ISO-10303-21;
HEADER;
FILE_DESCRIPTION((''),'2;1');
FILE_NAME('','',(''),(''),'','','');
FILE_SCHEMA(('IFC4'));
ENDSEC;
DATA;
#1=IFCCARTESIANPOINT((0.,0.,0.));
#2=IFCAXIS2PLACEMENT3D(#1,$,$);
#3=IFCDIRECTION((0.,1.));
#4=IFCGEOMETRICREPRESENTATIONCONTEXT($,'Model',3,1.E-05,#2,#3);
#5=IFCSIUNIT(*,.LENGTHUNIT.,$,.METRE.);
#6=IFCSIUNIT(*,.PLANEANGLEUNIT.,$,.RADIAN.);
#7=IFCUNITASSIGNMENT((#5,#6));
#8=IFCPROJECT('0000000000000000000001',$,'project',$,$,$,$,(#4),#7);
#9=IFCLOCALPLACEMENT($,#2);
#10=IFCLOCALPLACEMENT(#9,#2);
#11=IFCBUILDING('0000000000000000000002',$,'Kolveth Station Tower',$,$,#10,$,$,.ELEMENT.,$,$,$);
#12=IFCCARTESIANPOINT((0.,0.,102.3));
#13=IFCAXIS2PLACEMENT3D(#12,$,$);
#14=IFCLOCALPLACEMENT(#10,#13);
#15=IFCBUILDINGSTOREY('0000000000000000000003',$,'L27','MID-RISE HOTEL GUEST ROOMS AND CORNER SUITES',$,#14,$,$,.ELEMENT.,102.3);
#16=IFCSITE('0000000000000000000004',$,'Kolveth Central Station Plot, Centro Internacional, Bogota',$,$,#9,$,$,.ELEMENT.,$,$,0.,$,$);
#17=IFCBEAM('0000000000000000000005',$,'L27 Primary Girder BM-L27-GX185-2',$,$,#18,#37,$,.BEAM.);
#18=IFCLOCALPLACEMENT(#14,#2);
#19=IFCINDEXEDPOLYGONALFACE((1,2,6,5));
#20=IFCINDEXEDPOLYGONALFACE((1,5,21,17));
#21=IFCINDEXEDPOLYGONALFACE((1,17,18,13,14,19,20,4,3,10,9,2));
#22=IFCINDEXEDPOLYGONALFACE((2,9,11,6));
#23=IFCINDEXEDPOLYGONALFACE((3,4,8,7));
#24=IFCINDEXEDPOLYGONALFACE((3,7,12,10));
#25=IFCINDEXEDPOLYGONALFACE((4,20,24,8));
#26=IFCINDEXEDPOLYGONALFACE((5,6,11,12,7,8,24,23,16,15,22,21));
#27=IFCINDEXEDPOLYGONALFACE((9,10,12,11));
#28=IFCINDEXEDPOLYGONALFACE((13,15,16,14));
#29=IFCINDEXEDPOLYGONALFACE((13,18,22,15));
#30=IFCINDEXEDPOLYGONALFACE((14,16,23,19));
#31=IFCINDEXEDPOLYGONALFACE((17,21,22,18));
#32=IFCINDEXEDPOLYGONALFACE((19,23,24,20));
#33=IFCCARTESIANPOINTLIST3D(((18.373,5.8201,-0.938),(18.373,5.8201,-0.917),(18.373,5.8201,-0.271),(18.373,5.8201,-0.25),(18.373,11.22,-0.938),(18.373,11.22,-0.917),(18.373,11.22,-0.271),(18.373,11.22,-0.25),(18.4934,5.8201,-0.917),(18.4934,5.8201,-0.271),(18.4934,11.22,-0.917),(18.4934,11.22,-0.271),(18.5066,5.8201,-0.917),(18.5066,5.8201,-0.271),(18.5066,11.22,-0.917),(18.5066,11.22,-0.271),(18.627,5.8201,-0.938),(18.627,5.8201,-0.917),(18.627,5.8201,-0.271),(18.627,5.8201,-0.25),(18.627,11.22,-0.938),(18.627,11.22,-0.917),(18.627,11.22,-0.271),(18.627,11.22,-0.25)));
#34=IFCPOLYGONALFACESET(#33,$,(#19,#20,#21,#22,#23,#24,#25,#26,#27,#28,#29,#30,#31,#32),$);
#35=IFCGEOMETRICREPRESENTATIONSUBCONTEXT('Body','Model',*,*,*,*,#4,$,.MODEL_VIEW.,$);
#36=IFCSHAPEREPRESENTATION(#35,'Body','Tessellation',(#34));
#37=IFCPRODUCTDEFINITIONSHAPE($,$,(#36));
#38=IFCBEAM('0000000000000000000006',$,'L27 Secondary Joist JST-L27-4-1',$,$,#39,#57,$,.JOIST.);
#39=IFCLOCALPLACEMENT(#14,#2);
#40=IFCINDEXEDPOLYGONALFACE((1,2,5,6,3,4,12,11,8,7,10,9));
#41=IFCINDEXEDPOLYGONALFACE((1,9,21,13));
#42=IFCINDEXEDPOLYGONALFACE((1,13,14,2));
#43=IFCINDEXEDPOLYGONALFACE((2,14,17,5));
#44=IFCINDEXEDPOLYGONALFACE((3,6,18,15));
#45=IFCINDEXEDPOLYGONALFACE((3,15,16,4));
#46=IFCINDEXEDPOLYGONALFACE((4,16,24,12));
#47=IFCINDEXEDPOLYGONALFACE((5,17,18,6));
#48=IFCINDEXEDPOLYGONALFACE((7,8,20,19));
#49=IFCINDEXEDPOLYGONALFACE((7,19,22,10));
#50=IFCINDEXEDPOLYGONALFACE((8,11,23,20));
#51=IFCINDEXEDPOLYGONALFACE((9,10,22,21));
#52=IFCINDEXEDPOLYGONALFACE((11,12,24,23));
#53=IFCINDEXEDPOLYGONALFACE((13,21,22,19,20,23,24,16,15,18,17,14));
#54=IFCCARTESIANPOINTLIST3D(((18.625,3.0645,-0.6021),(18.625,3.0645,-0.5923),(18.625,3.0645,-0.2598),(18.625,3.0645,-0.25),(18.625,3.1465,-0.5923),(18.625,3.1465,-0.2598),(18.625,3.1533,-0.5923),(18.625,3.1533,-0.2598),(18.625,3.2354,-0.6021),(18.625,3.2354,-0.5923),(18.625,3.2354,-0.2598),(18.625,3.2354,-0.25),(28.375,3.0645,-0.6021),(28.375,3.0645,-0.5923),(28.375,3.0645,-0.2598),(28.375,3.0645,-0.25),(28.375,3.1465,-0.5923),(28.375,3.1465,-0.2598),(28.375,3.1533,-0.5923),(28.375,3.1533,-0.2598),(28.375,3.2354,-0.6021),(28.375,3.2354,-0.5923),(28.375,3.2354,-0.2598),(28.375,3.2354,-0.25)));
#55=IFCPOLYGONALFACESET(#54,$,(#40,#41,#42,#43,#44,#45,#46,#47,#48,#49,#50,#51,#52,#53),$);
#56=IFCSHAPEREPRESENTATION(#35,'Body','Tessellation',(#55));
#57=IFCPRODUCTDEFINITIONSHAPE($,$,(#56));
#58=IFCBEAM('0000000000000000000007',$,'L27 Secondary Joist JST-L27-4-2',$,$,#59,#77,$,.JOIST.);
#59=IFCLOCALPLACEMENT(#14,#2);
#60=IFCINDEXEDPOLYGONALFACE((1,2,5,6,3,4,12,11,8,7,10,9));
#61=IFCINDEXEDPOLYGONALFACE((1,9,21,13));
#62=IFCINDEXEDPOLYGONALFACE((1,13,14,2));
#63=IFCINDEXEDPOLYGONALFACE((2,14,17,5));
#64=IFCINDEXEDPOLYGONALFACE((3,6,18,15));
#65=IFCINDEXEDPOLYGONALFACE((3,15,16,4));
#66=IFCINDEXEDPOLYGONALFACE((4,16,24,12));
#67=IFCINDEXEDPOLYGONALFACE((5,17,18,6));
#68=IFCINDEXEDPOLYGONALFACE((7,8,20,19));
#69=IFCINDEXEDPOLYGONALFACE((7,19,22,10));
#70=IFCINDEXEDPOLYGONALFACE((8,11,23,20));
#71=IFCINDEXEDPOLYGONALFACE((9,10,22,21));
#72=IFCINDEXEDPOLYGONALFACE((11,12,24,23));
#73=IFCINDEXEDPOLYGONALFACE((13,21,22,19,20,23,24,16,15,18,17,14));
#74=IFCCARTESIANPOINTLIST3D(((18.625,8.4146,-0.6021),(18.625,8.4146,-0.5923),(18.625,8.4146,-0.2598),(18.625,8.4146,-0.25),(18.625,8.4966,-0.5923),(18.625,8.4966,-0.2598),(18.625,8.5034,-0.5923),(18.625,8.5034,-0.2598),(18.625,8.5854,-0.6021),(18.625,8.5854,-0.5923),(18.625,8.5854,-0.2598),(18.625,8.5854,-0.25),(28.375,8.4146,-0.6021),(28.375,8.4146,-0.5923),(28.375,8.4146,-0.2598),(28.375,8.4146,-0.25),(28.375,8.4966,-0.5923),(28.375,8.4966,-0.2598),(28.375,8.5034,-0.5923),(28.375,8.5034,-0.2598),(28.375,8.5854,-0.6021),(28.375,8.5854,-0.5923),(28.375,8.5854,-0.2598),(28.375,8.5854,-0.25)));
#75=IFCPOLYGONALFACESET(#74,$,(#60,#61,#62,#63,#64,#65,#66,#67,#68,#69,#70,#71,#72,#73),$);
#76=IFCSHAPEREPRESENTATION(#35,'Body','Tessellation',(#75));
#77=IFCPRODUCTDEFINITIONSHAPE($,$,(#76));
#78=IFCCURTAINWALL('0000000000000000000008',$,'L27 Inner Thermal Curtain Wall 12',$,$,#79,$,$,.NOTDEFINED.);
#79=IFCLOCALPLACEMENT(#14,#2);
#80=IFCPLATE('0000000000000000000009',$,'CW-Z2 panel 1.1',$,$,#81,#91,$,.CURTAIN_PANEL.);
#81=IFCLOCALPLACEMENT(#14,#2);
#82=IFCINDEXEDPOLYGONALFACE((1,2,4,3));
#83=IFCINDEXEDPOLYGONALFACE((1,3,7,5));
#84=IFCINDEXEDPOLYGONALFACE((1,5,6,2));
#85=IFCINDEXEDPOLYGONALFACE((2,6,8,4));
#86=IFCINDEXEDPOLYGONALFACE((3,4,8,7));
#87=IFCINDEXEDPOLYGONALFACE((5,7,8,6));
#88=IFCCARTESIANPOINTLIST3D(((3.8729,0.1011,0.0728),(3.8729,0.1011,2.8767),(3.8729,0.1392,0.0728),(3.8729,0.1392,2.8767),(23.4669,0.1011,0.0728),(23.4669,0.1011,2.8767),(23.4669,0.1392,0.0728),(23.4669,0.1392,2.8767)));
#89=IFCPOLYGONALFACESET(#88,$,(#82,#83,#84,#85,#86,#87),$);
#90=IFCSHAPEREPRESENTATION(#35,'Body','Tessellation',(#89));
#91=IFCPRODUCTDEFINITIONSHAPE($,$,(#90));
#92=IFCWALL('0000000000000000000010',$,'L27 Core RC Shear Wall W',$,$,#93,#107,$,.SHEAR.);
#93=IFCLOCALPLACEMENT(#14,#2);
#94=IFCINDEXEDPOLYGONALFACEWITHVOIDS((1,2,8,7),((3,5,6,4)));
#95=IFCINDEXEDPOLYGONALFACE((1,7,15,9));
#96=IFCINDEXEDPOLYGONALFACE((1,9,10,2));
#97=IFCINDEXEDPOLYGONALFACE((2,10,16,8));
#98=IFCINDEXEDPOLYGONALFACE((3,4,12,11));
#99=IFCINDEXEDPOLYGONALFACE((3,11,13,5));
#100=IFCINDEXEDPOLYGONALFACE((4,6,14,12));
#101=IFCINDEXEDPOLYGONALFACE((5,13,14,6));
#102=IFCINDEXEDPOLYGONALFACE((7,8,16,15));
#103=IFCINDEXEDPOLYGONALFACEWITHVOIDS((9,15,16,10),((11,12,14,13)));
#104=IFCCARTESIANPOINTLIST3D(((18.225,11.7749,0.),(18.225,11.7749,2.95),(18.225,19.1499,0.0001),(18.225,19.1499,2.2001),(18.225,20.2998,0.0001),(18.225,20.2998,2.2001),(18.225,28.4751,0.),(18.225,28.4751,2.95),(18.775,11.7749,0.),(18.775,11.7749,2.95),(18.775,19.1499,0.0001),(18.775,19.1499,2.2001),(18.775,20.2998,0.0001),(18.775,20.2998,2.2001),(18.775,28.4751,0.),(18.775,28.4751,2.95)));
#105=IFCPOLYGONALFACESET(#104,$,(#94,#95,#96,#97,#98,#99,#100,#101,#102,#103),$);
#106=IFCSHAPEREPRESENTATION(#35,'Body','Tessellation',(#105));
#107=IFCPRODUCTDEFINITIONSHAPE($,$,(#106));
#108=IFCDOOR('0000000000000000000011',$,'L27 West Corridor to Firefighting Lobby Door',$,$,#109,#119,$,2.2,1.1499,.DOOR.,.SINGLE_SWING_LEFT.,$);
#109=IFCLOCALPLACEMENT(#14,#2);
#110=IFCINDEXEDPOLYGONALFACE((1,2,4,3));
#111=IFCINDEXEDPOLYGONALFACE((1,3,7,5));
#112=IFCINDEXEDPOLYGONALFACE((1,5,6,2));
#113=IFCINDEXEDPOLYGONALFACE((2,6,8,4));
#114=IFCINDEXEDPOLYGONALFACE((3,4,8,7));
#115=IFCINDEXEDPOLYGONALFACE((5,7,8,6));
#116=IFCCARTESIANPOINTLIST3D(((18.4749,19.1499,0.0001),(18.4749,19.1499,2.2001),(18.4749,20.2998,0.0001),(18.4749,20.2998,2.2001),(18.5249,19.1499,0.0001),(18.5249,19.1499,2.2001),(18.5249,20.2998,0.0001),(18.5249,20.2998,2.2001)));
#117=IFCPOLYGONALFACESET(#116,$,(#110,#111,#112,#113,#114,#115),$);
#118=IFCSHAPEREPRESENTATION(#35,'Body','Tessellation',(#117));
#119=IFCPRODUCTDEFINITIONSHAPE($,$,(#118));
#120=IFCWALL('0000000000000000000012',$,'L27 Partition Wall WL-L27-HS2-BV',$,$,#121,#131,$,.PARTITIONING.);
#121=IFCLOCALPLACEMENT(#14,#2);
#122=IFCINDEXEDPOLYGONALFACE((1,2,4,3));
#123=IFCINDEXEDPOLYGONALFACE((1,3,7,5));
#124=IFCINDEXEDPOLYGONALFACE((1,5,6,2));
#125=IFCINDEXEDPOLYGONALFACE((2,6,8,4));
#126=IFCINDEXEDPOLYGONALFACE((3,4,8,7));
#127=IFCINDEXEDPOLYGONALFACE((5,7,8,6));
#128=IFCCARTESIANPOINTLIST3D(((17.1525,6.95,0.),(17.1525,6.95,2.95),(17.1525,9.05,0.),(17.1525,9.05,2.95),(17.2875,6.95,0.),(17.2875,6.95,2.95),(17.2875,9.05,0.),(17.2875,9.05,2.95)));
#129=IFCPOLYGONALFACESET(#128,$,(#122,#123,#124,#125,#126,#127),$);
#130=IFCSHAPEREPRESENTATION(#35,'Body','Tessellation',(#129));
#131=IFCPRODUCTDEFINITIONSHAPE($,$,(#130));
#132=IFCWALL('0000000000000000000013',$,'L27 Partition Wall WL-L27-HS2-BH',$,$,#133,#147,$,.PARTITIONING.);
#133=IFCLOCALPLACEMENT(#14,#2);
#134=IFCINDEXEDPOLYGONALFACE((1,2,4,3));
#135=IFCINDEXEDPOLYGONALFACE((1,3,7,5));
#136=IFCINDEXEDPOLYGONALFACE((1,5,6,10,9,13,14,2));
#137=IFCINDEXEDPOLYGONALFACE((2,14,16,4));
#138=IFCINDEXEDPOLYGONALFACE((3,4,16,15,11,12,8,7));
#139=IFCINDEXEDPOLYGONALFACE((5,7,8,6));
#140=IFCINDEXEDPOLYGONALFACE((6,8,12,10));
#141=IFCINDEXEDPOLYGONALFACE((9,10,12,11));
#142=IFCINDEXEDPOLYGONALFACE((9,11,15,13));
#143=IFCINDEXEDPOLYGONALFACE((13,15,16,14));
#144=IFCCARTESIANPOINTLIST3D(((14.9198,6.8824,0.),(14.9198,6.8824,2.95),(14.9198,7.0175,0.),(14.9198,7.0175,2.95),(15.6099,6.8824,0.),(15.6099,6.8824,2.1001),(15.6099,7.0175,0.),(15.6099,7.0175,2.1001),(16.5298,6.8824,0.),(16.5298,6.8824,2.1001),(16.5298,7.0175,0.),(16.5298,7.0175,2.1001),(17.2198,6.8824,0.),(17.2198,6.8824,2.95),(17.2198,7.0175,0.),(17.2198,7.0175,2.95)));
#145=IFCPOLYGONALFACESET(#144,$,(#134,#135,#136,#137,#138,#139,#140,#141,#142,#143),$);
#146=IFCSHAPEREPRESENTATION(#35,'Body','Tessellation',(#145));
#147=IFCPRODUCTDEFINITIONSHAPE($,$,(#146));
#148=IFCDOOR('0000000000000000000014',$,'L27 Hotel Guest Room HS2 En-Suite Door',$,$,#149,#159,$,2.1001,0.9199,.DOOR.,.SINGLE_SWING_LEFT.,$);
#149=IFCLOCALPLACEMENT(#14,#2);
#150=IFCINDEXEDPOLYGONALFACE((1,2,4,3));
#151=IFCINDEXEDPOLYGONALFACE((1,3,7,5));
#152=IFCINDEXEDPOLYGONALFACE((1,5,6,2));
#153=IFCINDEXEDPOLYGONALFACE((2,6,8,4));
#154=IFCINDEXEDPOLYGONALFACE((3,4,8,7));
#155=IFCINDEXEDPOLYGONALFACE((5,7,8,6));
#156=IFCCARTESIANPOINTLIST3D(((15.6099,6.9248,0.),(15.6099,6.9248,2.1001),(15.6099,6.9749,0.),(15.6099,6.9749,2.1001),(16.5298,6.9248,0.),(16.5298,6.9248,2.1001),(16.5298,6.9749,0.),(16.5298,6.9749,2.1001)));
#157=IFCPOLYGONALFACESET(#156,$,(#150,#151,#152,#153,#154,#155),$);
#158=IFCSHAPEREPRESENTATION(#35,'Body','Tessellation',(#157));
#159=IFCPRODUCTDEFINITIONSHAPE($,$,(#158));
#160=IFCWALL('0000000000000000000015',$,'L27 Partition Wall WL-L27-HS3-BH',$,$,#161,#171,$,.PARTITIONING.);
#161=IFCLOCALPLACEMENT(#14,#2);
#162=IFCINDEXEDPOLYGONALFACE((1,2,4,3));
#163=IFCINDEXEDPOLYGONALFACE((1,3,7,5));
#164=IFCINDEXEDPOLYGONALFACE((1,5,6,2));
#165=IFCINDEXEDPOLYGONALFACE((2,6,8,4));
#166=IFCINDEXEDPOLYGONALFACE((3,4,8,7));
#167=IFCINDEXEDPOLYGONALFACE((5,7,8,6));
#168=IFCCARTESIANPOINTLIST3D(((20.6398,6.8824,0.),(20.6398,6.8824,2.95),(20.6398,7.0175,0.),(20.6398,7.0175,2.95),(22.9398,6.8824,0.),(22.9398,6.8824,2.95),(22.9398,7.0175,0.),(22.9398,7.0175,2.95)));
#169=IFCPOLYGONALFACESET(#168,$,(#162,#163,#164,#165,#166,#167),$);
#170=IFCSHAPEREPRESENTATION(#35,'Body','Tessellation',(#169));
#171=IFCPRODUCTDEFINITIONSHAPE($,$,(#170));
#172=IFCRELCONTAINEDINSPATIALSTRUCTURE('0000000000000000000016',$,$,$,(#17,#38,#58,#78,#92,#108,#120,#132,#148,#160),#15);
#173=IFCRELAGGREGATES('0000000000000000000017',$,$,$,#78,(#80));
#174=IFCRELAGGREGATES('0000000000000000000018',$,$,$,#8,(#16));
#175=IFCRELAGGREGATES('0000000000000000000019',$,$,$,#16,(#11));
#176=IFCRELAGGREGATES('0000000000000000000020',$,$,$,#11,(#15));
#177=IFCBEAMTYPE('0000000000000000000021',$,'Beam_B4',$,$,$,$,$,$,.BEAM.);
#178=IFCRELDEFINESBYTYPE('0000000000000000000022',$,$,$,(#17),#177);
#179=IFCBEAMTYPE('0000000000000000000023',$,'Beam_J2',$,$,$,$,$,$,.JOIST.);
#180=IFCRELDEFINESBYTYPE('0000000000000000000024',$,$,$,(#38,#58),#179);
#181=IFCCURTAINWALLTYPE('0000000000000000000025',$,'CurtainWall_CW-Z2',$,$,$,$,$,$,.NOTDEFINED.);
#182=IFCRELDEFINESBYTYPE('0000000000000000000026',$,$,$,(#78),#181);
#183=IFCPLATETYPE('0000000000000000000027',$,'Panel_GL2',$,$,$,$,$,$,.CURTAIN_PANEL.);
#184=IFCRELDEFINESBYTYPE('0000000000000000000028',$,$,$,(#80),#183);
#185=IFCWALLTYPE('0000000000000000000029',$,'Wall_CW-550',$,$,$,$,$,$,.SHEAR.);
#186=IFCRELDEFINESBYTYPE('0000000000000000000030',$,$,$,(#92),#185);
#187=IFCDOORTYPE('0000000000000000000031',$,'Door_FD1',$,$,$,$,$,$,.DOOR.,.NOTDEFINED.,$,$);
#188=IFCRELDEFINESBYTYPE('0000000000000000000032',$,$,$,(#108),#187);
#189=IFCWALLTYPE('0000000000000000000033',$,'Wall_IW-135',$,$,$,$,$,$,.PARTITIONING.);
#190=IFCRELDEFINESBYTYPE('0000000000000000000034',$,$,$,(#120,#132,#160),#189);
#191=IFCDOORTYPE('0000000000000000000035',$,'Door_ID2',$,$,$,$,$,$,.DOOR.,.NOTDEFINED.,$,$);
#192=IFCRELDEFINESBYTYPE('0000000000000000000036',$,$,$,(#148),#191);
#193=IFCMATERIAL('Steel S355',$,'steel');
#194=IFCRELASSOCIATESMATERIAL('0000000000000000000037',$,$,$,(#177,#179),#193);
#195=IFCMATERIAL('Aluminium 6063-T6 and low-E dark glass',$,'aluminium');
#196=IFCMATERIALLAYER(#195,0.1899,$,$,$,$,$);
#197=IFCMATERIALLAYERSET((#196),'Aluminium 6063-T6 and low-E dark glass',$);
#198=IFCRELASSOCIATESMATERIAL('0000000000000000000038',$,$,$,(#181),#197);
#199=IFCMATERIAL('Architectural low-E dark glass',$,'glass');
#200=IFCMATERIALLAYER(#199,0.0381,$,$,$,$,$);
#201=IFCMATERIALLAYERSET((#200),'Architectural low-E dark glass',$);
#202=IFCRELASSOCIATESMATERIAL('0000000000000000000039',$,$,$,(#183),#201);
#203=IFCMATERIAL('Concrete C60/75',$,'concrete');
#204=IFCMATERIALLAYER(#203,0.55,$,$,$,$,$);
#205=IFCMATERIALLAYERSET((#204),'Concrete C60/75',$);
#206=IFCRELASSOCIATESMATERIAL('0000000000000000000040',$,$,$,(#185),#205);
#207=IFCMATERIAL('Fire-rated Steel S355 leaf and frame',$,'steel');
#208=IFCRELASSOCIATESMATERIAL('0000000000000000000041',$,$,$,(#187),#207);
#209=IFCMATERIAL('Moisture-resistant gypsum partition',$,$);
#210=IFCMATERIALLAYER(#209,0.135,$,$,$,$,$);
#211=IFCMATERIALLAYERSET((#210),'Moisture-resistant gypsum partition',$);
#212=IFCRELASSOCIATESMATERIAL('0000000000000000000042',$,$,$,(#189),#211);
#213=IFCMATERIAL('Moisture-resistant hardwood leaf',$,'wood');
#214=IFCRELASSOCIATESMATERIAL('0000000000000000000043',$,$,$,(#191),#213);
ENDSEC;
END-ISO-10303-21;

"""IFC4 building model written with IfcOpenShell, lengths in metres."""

from ifc_helpers import new_model, si_unit, direction, frame, frame_2d, origin, origin_2d, place, context, subcontext, project, spatial, rectangle, i_section, extrude, source, transform, mapped, material, layer, layer_set, material_profile, profile_set, type_object, element, fill, aggregate, save


model = new_model("IFC4")

# Units and contexts
model_context = context("Model", 3, precision=1e-05, world=origin(), true_north=direction((0.0, 1.0)))
body_context = subcontext(model_context, "Body", "Model", "MODEL_VIEW")
ifc_project = project(units=[si_unit("LENGTHUNIT", "METRE"), si_unit("PLANEANGLEUNIT", "RADIAN")], contexts=[model_context])

# Site, building, storey
site_placement = place(None, origin())
site = spatial("IfcSite", under=ifc_project, at=site_placement, Name="Kolveth Central Station Plot, Centro Internacional, Bogota", CompositionType="ELEMENT", RefElevation=0.0)
building_placement = place(site_placement, origin())
building = spatial("IfcBuilding", under=site, at=building_placement, Name="Kolveth Station Tower", CompositionType="ELEMENT")
storey_placement = place(building_placement, frame((0.0, 0.0, 102.3)))
storey = spatial("IfcBuildingStorey", under=building, at=storey_placement, Name="L27", Description="MID-RISE HOTEL GUEST ROOMS AND CORNER SUITES", CompositionType="ELEMENT", Elevation=102.3)

# Shared definitions
ifc_material_1 = material(Name="Steel S355", Category="steel")

# Beams
ifc_material_profile_1 = material_profile(ifc_material_1, i_section(OverallWidth=0.2539, OverallDepth=0.688, WebThickness=0.0132, FlangeThickness=0.021, at=origin_2d()), Name="W690x152")
ifc_profile_set_1 = profile_set([ifc_material_profile_1], Name="Steel S355")
beam_type_1 = type_object("IfcBeamType", Name="Beam_B4", PredefinedType="BEAM", material=ifc_profile_set_1)
shared_shape_1 = source(origin(), body_context, "Body", "SweptSolid", [
    extrude(i_section(OverallWidth=0.2539, OverallDepth=0.688, WebThickness=0.0132, FlangeThickness=0.021, at=origin_2d()), origin(), (0.0, 0.0, 1.0), 5.3999),
])
beam_1_placement = place(storey_placement, frame((18.5, 5.8201, -0.594), z_axis=(0.0, 1.0, 0.0), x_axis=(-1.0, 0.0, 0.0)))
element("IfcBeam", 1, at=beam_1_placement, inside=storey, type_object=beam_type_1, Name="L27 Primary Girder BM-L27-GX185-2", PredefinedType="BEAM", context=body_context, shape_type="MappedRepresentation", body=[
    mapped(shared_shape_1, transform((0.0, 0.0, 0.0), x_axis=(1.0, 0.0, 0.0), y_axis=(0.0, 1.0, 0.0), z_axis=(0.0, 0.0, 1.0), scale=1.0)),
])
ifc_material_profile_2 = material_profile(ifc_material_1, i_section(OverallWidth=0.1709, OverallDepth=0.3521, WebThickness=0.0068, FlangeThickness=0.0098, at=origin_2d()), Name="W360x44")
ifc_profile_set_2 = profile_set([ifc_material_profile_2], Name="Steel S355")
beam_type_2 = type_object("IfcBeamType", Name="Beam_J2", PredefinedType="JOIST", material=ifc_profile_set_2)
shared_shape_2 = source(origin(), body_context, "Body", "SweptSolid", [
    extrude(i_section(OverallWidth=0.1709, OverallDepth=0.3521, WebThickness=0.0068, FlangeThickness=0.0098, at=origin_2d()), origin(), (0.0, 0.0, 1.0), 9.75),
])
for number, where, z_axis, x_axis, name in (
    (2, (18.625, 3.1499, -0.426), (1.0, 0.0, 0.0), (0.0, 1.0, 0.0), "L27 Secondary Joist JST-L27-4-1"),
    (3, (18.625, 8.5, -0.426), (1.0, 0.0, 0.0), (0.0, 1.0, 0.0), "L27 Secondary Joist JST-L27-4-2"),
):
    element("IfcBeam", number, at=place(storey_placement, frame(where, z_axis=z_axis, x_axis=x_axis)), inside=storey, type_object=beam_type_2, Name=name, PredefinedType="JOIST", context=body_context, shape_type="MappedRepresentation", body=[
        mapped(shared_shape_2, transform((0.0, 0.0, 0.0), x_axis=(1.0, 0.0, 0.0), y_axis=(0.0, 1.0, 0.0), z_axis=(0.0, 0.0, 1.0), scale=1.0)),
    ])

# Curtain wall, plate
ifc_material_2 = material(Name="Aluminium 6063-T6 and low-E dark glass", Category="aluminium")
ifc_layer_1 = layer(ifc_material_2, 0.1899)
ifc_layer_set_1 = layer_set([ifc_layer_1], Name="Aluminium 6063-T6 and low-E dark glass")
curtain_wall_type = type_object("IfcCurtainWallType", Name="CurtainWall_CW-Z2", PredefinedType="NOTDEFINED", material=ifc_layer_set_1)
curtain_wall_placement = place(storey_placement, origin())
curtain_wall = element("IfcCurtainWall", 4, at=curtain_wall_placement, inside=storey, type_object=curtain_wall_type, Name="L27 Inner Thermal Curtain Wall 12", PredefinedType="NOTDEFINED")
ifc_material_3 = material(Name="Architectural low-E dark glass", Category="glass")
ifc_layer_2 = layer(ifc_material_3, 0.0381)
ifc_layer_set_2 = layer_set([ifc_layer_2], Name="Architectural low-E dark glass")
plate_type = type_object("IfcPlateType", Name="Panel_GL2", PredefinedType="CURTAIN_PANEL", material=ifc_layer_set_2)
shared_shape_3 = source(origin(), body_context, "Body", "SweptSolid", [
    extrude(rectangle(XDim=19.594, YDim=0.0381, at=origin_2d()), origin(), (0.0, 0.0, 1.0), 2.804),
])
plate_placement = place(storey_placement, frame((13.6699, 0.1201, 0.0728), z_axis=(0.0, 0.0, 1.0), x_axis=(1.0, 0.0, 0.0)))
plate = element("IfcPlate", 5, at=plate_placement, type_object=plate_type, Name="CW-Z2 panel 1.1", PredefinedType="CURTAIN_PANEL", context=body_context, shape_type="MappedRepresentation", body=[
    mapped(shared_shape_3, transform((0.0, 0.0, 0.0), x_axis=(1.0, 0.0, 0.0), y_axis=(0.0, 1.0, 0.0), z_axis=(0.0, 0.0, 1.0), scale=1.0)),
])
aggregate(curtain_wall, [plate])

# Shared definitions
ifc_material_4 = material(Name="Concrete C60/75", Category="concrete")
ifc_layer_3 = layer(ifc_material_4, 0.55)
ifc_layer_set_3 = layer_set([ifc_layer_3], Name="Concrete C60/75")
wall_type_1 = type_object("IfcWallType", Name="Wall_CW-550", PredefinedType="SHEAR", material=ifc_layer_set_3)

# Wall, opening, door
wall_1_placement = place(storey_placement, frame((18.5, 11.7749, 0.0), z_axis=(0.0, 0.0, 1.0), x_axis=(0.0, 1.0, 0.0)))
wall_1 = element("IfcWall", 6, at=wall_1_placement, inside=storey, type_object=wall_type_1, Name="L27 Core RC Shear Wall W", PredefinedType="SHEAR", context=body_context, shape_type="SweptSolid", body=[
    extrude(rectangle(XDim=16.7002, YDim=0.55, at=frame_2d((8.3501, 0.0))), origin(), (0.0, 0.0, 1.0), 2.95),
])
opening_1_placement = place(wall_1_placement, frame((7.375, 0.0, 0.0)))
opening_1 = element("IfcOpeningElement", 7, at=opening_1_placement, cuts=wall_1, PredefinedType="OPENING", context=body_context, shape_type="SweptSolid", body=[
    extrude(rectangle(XDim=1.1499, YDim=2.2, at=frame_2d((0.575, 1.1001))), frame((0.0, 0.2849, 0.0), z_axis=(0.0, -1.0, 0.0), x_axis=(1.0, 0.0, 0.0)), (0.0, 0.0, 1.0), 0.5701),
])
ifc_material_5 = material(Name="Fire-rated Steel S355 leaf and frame", Category="steel")
door_type_1 = type_object("IfcDoorType", Name="Door_FD1", OperationType="NOTDEFINED", PredefinedType="DOOR", material=ifc_material_5)
door_1_placement = place(opening_1_placement, frame((1.1499, 0.0, 0.0), z_axis=(0.0, 0.0, 1.0), x_axis=(-1.0, 0.0, 0.0)))
door_1 = element("IfcDoor", 8, at=door_1_placement, inside=storey, type_object=door_type_1, Name="L27 West Corridor to Firefighting Lobby Door", OperationType="SINGLE_SWING_LEFT", OverallHeight=2.2, OverallWidth=1.1499, PredefinedType="DOOR", context=body_context, shape_type="SweptSolid", body=[
    extrude(rectangle(XDim=1.1499, YDim=2.2, at=frame_2d((0.575, 1.1001))), frame((0.0, 0.0249, 0.0), z_axis=(0.0, -1.0, 0.0), x_axis=(1.0, 0.0, 0.0)), (0.0, 0.0, 1.0), 0.05),
])
fill(opening_1, door_1)

# Wall
ifc_material_6 = material(Name="Moisture-resistant gypsum partition")
ifc_layer_4 = layer(ifc_material_6, 0.135)
ifc_layer_set_4 = layer_set([ifc_layer_4], Name="Moisture-resistant gypsum partition")
wall_type_2 = type_object("IfcWallType", Name="Wall_IW-135", PredefinedType="PARTITIONING", material=ifc_layer_set_4)
wall_2_placement = place(storey_placement, frame((17.22, 6.95, 0.0), z_axis=(0.0, 0.0, 1.0), x_axis=(0.0, 1.0, 0.0)))
element("IfcWall", 9, at=wall_2_placement, inside=storey, type_object=wall_type_2, Name="L27 Partition Wall WL-L27-HS2-BV", PredefinedType="PARTITIONING", context=body_context, shape_type="SweptSolid", body=[
    extrude(rectangle(XDim=2.1001, YDim=0.135, at=frame_2d((1.05, 0.0))), origin(), (0.0, 0.0, 1.0), 2.95),
])

# Wall, opening, door
wall_3_placement = place(storey_placement, frame((14.9199, 6.95, 0.0), z_axis=(0.0, 0.0, 1.0), x_axis=(1.0, 0.0, 0.0)))
wall_3 = element("IfcWall", 10, at=wall_3_placement, inside=storey, type_object=wall_type_2, Name="L27 Partition Wall WL-L27-HS2-BH", PredefinedType="PARTITIONING", context=body_context, shape_type="SweptSolid", body=[
    extrude(rectangle(XDim=2.3, YDim=0.135, at=frame_2d((1.1499, 0.0))), origin(), (0.0, 0.0, 1.0), 2.95),
])
opening_2_placement = place(wall_3_placement, frame((0.6899, 0.0, 0.0)))
opening_2 = element("IfcOpeningElement", 11, at=opening_2_placement, cuts=wall_3, PredefinedType="OPENING", context=body_context, shape_type="SweptSolid", body=[
    extrude(rectangle(XDim=0.9199, YDim=2.1001, at=frame_2d((0.46, 1.05))), frame((0.0, 0.0774, 0.0), z_axis=(0.0, -1.0, 0.0), x_axis=(1.0, 0.0, 0.0)), (0.0, 0.0, 1.0), 0.155),
])
ifc_material_7 = material(Name="Moisture-resistant hardwood leaf", Category="wood")
door_type_2 = type_object("IfcDoorType", Name="Door_ID2", OperationType="NOTDEFINED", PredefinedType="DOOR", material=ifc_material_7)
door_2_placement = place(opening_2_placement, origin())
door_2 = element("IfcDoor", 12, at=door_2_placement, inside=storey, type_object=door_type_2, Name="L27 Hotel Guest Room HS2 En-Suite Door", OperationType="SINGLE_SWING_LEFT", OverallHeight=2.1001, OverallWidth=0.9199, PredefinedType="DOOR", context=body_context, shape_type="SweptSolid", body=[
    extrude(rectangle(XDim=0.9199, YDim=2.1001, at=frame_2d((0.46, 1.05))), frame((0.0, 0.0249, 0.0), z_axis=(0.0, -1.0, 0.0), x_axis=(1.0, 0.0, 0.0)), (0.0, 0.0, 1.0), 0.05),
])
fill(opening_2, door_2)

# Wall
wall_4_placement = place(storey_placement, frame((20.6399, 6.95, 0.0), z_axis=(0.0, 0.0, 1.0), x_axis=(1.0, 0.0, 0.0)))
element("IfcWall", 13, at=wall_4_placement, inside=storey, type_object=wall_type_2, Name="L27 Partition Wall WL-L27-HS3-BH", PredefinedType="PARTITIONING", context=body_context, shape_type="SweptSolid", body=[
    extrude(rectangle(XDim=2.3, YDim=0.135, at=frame_2d((1.1499, 0.0))), origin(), (0.0, 0.0, 1.0), 2.95),
])

save(model, "model.ifc")
